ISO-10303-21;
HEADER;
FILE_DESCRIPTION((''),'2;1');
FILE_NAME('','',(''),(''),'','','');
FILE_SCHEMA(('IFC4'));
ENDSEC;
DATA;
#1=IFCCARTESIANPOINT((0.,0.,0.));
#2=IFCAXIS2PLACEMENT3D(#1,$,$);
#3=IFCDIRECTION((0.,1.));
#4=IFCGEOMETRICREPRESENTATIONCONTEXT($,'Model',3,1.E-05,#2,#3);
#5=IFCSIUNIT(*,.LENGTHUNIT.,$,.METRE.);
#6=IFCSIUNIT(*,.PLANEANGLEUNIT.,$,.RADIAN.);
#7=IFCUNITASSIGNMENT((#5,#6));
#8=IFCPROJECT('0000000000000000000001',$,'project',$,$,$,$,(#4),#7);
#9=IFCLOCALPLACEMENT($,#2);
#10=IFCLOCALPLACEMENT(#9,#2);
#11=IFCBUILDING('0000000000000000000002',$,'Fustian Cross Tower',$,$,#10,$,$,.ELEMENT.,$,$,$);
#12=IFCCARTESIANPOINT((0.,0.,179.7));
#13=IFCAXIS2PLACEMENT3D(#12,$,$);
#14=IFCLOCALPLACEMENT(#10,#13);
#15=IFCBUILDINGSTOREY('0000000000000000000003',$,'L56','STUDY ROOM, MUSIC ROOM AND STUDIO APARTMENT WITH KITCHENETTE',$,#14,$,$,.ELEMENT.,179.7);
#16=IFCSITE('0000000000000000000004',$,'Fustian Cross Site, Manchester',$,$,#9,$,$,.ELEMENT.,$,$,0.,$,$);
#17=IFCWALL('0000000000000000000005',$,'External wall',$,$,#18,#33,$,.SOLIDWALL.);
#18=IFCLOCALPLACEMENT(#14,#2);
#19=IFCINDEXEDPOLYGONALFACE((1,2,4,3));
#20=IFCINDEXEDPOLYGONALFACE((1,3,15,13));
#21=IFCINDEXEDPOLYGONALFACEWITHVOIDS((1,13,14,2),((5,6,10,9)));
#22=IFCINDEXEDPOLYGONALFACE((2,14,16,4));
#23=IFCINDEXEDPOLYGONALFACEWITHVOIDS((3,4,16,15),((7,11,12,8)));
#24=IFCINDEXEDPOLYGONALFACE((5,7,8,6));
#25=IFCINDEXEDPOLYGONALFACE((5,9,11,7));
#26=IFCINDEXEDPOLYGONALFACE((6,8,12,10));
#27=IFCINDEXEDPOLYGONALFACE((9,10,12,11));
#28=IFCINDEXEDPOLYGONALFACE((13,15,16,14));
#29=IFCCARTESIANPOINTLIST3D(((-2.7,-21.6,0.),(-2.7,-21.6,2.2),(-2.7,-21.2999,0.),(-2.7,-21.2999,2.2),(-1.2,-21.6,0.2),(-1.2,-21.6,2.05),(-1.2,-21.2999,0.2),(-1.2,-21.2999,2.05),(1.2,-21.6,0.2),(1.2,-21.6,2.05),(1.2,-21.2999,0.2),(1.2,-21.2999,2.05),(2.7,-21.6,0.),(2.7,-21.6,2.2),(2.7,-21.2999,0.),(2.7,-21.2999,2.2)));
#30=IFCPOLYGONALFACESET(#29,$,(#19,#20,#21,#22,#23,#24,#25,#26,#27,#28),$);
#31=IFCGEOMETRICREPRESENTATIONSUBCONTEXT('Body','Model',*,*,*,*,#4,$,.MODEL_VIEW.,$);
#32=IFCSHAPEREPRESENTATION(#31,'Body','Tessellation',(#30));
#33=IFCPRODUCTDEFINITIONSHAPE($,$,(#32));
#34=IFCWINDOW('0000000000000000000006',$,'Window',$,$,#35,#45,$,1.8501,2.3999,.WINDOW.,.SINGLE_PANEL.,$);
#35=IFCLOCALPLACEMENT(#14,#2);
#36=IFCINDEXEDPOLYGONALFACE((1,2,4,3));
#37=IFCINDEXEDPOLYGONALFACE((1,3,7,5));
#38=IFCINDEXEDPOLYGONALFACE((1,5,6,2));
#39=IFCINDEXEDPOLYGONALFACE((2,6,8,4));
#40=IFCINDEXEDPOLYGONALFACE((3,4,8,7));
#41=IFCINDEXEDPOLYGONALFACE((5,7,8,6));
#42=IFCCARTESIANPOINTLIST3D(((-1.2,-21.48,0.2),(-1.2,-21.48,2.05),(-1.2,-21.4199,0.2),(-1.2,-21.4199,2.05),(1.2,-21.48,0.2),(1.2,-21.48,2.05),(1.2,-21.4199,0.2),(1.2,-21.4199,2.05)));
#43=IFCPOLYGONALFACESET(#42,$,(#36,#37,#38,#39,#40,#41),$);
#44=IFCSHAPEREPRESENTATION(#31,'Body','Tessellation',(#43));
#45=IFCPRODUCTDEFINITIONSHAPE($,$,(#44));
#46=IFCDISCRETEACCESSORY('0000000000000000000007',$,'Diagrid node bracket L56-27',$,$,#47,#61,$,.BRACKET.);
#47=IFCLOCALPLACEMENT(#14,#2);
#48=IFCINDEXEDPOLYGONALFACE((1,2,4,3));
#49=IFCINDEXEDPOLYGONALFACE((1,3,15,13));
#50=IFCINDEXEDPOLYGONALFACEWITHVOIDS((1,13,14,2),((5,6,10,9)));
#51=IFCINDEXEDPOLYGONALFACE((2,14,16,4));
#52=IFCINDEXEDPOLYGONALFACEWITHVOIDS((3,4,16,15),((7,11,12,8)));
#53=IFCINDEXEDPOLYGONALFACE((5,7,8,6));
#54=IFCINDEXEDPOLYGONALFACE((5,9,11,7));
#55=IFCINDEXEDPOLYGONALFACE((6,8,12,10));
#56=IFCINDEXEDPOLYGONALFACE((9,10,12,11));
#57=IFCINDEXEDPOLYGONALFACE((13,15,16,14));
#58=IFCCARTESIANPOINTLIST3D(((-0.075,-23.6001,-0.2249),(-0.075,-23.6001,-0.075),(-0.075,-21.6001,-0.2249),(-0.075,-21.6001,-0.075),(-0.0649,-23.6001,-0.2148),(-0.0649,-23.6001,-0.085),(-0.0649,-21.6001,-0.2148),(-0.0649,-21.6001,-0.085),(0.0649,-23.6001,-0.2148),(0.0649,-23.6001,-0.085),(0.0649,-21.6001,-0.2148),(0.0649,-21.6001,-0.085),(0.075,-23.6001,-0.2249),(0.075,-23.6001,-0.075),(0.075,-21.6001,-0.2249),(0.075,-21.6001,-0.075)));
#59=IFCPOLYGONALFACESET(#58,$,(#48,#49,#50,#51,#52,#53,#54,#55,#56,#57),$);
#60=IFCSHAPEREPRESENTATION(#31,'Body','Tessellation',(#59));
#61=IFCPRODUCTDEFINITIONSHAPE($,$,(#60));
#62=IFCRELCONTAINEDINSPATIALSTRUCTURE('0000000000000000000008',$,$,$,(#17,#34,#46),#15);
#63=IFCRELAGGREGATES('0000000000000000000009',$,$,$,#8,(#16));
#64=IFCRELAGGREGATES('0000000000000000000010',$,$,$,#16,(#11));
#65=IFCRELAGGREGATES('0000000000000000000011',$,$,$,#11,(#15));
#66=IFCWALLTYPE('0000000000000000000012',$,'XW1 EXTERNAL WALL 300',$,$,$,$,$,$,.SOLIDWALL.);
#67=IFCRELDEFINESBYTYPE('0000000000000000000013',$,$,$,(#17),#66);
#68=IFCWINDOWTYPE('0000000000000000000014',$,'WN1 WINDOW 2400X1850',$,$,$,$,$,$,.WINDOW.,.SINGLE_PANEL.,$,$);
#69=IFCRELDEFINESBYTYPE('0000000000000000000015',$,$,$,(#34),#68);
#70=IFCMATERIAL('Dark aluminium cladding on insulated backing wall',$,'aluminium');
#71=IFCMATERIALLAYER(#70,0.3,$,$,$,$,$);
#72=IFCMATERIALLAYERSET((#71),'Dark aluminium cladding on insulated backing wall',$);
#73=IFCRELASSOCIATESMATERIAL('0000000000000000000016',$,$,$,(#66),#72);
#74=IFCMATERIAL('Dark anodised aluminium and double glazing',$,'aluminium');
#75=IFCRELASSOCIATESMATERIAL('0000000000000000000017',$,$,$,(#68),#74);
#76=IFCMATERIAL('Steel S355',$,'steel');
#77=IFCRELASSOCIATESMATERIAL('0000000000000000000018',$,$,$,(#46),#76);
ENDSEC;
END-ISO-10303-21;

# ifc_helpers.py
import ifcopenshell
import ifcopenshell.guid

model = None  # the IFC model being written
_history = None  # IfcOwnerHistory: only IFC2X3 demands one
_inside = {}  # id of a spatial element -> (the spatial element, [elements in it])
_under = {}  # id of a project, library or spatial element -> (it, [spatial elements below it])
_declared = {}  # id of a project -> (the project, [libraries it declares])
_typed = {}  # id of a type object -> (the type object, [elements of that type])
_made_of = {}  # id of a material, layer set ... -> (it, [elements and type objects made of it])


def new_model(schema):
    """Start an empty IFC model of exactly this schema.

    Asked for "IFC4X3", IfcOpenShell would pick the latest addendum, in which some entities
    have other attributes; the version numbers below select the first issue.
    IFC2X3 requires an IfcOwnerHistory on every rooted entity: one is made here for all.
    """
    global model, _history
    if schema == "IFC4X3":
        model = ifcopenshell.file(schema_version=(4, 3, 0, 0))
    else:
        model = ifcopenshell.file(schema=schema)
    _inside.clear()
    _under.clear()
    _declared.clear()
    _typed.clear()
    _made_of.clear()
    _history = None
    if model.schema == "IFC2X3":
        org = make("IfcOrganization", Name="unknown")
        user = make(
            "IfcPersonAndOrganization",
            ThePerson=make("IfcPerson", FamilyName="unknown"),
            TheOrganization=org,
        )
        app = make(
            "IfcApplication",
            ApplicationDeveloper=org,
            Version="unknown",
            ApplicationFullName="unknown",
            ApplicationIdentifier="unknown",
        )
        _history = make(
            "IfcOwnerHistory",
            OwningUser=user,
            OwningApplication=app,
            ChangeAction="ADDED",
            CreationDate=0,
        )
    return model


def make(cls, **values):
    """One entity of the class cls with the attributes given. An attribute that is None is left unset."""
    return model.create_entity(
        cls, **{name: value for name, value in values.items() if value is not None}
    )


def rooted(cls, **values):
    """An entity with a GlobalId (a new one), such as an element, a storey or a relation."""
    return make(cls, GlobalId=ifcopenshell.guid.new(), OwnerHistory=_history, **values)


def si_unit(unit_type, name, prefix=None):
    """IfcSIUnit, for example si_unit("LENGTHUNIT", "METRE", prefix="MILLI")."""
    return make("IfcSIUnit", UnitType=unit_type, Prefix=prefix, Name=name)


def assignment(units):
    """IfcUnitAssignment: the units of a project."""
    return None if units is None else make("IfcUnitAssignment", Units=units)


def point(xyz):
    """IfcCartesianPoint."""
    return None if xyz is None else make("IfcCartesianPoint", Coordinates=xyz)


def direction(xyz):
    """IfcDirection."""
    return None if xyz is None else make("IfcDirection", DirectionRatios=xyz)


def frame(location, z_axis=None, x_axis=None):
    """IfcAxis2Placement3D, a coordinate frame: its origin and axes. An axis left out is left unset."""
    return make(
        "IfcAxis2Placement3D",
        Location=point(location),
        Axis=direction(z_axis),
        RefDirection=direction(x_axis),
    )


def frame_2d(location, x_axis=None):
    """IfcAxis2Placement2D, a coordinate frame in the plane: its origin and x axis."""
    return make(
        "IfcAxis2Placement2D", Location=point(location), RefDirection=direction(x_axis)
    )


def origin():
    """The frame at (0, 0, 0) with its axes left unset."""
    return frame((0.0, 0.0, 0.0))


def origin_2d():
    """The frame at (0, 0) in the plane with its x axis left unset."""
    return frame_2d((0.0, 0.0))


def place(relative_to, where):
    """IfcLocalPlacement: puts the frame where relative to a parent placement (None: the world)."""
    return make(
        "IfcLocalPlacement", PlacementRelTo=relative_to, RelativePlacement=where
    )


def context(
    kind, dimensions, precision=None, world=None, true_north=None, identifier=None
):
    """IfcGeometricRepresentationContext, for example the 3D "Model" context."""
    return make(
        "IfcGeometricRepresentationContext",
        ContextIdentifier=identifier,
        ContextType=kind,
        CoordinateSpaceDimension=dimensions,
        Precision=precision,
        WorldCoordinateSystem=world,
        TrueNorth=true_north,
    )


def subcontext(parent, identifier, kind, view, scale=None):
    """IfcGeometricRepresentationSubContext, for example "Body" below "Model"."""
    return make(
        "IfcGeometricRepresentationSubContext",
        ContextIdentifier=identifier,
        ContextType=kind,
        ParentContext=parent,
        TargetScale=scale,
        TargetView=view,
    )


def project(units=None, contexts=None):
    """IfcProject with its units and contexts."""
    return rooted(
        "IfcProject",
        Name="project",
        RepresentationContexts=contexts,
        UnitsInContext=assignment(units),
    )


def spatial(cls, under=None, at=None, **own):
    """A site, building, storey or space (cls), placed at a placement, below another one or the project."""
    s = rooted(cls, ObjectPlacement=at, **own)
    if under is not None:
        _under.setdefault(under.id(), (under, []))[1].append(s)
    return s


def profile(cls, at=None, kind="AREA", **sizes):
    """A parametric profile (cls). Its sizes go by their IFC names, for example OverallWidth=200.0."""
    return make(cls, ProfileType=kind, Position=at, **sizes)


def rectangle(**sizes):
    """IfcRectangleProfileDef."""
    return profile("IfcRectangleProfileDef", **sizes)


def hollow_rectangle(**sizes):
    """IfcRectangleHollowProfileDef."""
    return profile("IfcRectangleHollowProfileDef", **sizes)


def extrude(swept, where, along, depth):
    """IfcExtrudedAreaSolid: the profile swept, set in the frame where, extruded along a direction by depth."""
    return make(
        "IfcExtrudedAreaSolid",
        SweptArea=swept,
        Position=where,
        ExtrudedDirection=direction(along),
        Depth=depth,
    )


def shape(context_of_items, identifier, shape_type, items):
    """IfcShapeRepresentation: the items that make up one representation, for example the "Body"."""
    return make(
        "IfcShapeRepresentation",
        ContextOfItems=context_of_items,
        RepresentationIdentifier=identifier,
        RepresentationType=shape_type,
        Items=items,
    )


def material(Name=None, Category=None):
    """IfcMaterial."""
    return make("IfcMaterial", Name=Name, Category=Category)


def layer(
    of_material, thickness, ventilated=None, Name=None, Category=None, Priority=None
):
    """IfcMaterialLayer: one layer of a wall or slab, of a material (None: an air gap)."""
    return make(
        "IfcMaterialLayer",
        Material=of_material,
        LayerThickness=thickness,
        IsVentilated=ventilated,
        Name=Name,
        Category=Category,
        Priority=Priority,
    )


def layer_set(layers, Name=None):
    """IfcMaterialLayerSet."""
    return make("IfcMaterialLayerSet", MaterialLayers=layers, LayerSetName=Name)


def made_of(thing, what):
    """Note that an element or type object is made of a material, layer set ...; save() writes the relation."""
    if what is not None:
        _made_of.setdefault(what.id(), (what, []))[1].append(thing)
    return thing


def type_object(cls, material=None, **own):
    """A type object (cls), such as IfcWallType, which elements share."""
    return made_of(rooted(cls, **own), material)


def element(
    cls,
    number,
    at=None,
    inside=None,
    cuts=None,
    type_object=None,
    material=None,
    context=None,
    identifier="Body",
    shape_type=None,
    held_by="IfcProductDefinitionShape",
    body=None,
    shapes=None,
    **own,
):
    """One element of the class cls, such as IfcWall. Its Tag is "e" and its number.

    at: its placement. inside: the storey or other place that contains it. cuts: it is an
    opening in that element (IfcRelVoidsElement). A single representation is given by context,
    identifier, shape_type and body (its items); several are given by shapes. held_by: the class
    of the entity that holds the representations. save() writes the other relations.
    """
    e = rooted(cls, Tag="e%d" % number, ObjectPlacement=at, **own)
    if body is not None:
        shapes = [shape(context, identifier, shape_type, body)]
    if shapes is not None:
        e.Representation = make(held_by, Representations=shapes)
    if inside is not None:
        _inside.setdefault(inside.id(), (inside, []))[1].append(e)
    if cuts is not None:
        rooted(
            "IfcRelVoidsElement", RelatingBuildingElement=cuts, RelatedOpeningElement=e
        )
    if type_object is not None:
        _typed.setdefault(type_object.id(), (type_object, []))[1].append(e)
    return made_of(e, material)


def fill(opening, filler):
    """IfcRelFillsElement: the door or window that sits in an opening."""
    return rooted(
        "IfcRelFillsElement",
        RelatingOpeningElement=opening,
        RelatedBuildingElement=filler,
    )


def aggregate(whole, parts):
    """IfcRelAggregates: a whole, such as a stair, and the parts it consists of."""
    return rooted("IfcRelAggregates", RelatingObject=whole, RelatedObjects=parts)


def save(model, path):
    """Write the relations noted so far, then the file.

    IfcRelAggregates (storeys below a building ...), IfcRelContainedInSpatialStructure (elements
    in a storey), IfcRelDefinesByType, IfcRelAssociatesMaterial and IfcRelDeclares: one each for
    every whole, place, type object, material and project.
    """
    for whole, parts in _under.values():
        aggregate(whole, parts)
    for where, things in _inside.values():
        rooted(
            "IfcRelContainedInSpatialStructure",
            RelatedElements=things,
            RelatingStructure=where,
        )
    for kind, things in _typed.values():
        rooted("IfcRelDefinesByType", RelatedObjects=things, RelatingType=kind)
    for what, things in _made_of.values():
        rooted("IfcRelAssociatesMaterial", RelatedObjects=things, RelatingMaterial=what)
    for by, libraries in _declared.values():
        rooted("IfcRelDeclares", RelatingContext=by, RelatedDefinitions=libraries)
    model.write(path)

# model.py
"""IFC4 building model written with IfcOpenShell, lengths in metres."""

from ifc_helpers import new_model, si_unit, direction, frame, frame_2d, origin, origin_2d, place, context, subcontext, project, spatial, rectangle, hollow_rectangle, extrude, material, layer, layer_set, type_object, element, fill, save


model = new_model("IFC4")

# Units and contexts
model_context = context("Model", 3, precision=1e-05, world=origin(), true_north=direction((0.0, 1.0)))
body_context = subcontext(model_context, "Body", "Model", "MODEL_VIEW")
ifc_project = project(units=[si_unit("LENGTHUNIT", "METRE"), si_unit("PLANEANGLEUNIT", "RADIAN")], contexts=[model_context])

# Site, building, storey
site_placement = place(None, origin())
site = spatial("IfcSite", under=ifc_project, at=site_placement, Name="Fustian Cross Site, Manchester", CompositionType="ELEMENT", RefElevation=0.0)
building_placement = place(site_placement, origin())
building = spatial("IfcBuilding", under=site, at=building_placement, Name="Fustian Cross Tower", CompositionType="ELEMENT")
storey_placement = place(building_placement, frame((0.0, 0.0, 179.7)))
storey = spatial("IfcBuildingStorey", under=building, at=storey_placement, Name="L56", Description="STUDY ROOM, MUSIC ROOM AND STUDIO APARTMENT WITH KITCHENETTE", CompositionType="ELEMENT", Elevation=179.7)

# Wall, opening, window
ifc_material_1 = material(Name="Dark aluminium cladding on insulated backing wall", Category="aluminium")
ifc_layer_1 = layer(ifc_material_1, 0.3)
ifc_layer_set_1 = layer_set([ifc_layer_1], Name="Dark aluminium cladding on insulated backing wall")
wall_type_1 = type_object("IfcWallType", Name="XW1 EXTERNAL WALL 300", PredefinedType="SOLIDWALL", material=ifc_layer_set_1)
wall_1_placement = place(storey_placement, frame((-2.7, -21.45, 0.0), z_axis=(0.0, 0.0, 1.0), x_axis=(1.0, 0.0, 0.0)))
wall_1 = element("IfcWall", 1, at=wall_1_placement, inside=storey, type_object=wall_type_1, Name="External wall", PredefinedType="SOLIDWALL", context=body_context, shape_type="SweptSolid", body=[
    extrude(rectangle(XDim=5.3999, YDim=0.3, at=frame_2d((2.7, 0.0))), origin(), (0.0, 0.0, 1.0), 2.2),
])
opening_1_placement = place(wall_1_placement, frame((1.5, 0.0, 0.2)))
opening_1 = element("IfcOpeningElement", 2, at=opening_1_placement, cuts=wall_1, PredefinedType="OPENING", context=body_context, shape_type="SweptSolid", body=[
    extrude(rectangle(XDim=2.3999, YDim=1.8501, at=frame_2d((1.2, 0.925))), frame((0.0, 0.1599, 0.0), z_axis=(0.0, -1.0, 0.0), x_axis=(1.0, 0.0, 0.0)), (0.0, 0.0, 1.0), 0.3201),
])
ifc_material_2 = material(Name="Dark anodised aluminium and double glazing", Category="aluminium")
window_type = type_object("IfcWindowType", Name="WN1 WINDOW 2400X1850", PartitioningType="SINGLE_PANEL", PredefinedType="WINDOW", material=ifc_material_2)
window_placement = place(opening_1_placement, origin())
window = element("IfcWindow", 3, at=window_placement, inside=storey, type_object=window_type, Name="Window", OverallHeight=1.8501, OverallWidth=2.3999, PartitioningType="SINGLE_PANEL", PredefinedType="WINDOW", context=body_context, shape_type="SweptSolid", body=[
    extrude(rectangle(XDim=2.3999, YDim=1.8501, at=frame_2d((1.2, 0.925))), frame((0.0, 0.03, 0.0), z_axis=(0.0, -1.0, 0.0), x_axis=(1.0, 0.0, 0.0)), (0.0, 0.0, 1.0), 0.0601),
])
fill(opening_1, window)

# Discrete accessory
ifc_material_3 = material(Name="Steel S355", Category="steel")
discrete_accessory_placement = place(storey_placement, frame((0.0, -23.6001, -0.1499), z_axis=(0.0, 1.0, 0.0), x_axis=(-1.0, 0.0, 0.0)))
element("IfcDiscreteAccessory", 4, at=discrete_accessory_placement, inside=storey, material=ifc_material_3, Name="Diagrid node bracket L56-27", PredefinedType="BRACKET", context=body_context, shape_type="SweptSolid", body=[
    extrude(hollow_rectangle(XDim=0.1499, YDim=0.1499, WallThickness=0.01, at=origin_2d()), origin(), (0.0, 0.0, 1.0), 2.0),
])

save(model, "model.ifc")
